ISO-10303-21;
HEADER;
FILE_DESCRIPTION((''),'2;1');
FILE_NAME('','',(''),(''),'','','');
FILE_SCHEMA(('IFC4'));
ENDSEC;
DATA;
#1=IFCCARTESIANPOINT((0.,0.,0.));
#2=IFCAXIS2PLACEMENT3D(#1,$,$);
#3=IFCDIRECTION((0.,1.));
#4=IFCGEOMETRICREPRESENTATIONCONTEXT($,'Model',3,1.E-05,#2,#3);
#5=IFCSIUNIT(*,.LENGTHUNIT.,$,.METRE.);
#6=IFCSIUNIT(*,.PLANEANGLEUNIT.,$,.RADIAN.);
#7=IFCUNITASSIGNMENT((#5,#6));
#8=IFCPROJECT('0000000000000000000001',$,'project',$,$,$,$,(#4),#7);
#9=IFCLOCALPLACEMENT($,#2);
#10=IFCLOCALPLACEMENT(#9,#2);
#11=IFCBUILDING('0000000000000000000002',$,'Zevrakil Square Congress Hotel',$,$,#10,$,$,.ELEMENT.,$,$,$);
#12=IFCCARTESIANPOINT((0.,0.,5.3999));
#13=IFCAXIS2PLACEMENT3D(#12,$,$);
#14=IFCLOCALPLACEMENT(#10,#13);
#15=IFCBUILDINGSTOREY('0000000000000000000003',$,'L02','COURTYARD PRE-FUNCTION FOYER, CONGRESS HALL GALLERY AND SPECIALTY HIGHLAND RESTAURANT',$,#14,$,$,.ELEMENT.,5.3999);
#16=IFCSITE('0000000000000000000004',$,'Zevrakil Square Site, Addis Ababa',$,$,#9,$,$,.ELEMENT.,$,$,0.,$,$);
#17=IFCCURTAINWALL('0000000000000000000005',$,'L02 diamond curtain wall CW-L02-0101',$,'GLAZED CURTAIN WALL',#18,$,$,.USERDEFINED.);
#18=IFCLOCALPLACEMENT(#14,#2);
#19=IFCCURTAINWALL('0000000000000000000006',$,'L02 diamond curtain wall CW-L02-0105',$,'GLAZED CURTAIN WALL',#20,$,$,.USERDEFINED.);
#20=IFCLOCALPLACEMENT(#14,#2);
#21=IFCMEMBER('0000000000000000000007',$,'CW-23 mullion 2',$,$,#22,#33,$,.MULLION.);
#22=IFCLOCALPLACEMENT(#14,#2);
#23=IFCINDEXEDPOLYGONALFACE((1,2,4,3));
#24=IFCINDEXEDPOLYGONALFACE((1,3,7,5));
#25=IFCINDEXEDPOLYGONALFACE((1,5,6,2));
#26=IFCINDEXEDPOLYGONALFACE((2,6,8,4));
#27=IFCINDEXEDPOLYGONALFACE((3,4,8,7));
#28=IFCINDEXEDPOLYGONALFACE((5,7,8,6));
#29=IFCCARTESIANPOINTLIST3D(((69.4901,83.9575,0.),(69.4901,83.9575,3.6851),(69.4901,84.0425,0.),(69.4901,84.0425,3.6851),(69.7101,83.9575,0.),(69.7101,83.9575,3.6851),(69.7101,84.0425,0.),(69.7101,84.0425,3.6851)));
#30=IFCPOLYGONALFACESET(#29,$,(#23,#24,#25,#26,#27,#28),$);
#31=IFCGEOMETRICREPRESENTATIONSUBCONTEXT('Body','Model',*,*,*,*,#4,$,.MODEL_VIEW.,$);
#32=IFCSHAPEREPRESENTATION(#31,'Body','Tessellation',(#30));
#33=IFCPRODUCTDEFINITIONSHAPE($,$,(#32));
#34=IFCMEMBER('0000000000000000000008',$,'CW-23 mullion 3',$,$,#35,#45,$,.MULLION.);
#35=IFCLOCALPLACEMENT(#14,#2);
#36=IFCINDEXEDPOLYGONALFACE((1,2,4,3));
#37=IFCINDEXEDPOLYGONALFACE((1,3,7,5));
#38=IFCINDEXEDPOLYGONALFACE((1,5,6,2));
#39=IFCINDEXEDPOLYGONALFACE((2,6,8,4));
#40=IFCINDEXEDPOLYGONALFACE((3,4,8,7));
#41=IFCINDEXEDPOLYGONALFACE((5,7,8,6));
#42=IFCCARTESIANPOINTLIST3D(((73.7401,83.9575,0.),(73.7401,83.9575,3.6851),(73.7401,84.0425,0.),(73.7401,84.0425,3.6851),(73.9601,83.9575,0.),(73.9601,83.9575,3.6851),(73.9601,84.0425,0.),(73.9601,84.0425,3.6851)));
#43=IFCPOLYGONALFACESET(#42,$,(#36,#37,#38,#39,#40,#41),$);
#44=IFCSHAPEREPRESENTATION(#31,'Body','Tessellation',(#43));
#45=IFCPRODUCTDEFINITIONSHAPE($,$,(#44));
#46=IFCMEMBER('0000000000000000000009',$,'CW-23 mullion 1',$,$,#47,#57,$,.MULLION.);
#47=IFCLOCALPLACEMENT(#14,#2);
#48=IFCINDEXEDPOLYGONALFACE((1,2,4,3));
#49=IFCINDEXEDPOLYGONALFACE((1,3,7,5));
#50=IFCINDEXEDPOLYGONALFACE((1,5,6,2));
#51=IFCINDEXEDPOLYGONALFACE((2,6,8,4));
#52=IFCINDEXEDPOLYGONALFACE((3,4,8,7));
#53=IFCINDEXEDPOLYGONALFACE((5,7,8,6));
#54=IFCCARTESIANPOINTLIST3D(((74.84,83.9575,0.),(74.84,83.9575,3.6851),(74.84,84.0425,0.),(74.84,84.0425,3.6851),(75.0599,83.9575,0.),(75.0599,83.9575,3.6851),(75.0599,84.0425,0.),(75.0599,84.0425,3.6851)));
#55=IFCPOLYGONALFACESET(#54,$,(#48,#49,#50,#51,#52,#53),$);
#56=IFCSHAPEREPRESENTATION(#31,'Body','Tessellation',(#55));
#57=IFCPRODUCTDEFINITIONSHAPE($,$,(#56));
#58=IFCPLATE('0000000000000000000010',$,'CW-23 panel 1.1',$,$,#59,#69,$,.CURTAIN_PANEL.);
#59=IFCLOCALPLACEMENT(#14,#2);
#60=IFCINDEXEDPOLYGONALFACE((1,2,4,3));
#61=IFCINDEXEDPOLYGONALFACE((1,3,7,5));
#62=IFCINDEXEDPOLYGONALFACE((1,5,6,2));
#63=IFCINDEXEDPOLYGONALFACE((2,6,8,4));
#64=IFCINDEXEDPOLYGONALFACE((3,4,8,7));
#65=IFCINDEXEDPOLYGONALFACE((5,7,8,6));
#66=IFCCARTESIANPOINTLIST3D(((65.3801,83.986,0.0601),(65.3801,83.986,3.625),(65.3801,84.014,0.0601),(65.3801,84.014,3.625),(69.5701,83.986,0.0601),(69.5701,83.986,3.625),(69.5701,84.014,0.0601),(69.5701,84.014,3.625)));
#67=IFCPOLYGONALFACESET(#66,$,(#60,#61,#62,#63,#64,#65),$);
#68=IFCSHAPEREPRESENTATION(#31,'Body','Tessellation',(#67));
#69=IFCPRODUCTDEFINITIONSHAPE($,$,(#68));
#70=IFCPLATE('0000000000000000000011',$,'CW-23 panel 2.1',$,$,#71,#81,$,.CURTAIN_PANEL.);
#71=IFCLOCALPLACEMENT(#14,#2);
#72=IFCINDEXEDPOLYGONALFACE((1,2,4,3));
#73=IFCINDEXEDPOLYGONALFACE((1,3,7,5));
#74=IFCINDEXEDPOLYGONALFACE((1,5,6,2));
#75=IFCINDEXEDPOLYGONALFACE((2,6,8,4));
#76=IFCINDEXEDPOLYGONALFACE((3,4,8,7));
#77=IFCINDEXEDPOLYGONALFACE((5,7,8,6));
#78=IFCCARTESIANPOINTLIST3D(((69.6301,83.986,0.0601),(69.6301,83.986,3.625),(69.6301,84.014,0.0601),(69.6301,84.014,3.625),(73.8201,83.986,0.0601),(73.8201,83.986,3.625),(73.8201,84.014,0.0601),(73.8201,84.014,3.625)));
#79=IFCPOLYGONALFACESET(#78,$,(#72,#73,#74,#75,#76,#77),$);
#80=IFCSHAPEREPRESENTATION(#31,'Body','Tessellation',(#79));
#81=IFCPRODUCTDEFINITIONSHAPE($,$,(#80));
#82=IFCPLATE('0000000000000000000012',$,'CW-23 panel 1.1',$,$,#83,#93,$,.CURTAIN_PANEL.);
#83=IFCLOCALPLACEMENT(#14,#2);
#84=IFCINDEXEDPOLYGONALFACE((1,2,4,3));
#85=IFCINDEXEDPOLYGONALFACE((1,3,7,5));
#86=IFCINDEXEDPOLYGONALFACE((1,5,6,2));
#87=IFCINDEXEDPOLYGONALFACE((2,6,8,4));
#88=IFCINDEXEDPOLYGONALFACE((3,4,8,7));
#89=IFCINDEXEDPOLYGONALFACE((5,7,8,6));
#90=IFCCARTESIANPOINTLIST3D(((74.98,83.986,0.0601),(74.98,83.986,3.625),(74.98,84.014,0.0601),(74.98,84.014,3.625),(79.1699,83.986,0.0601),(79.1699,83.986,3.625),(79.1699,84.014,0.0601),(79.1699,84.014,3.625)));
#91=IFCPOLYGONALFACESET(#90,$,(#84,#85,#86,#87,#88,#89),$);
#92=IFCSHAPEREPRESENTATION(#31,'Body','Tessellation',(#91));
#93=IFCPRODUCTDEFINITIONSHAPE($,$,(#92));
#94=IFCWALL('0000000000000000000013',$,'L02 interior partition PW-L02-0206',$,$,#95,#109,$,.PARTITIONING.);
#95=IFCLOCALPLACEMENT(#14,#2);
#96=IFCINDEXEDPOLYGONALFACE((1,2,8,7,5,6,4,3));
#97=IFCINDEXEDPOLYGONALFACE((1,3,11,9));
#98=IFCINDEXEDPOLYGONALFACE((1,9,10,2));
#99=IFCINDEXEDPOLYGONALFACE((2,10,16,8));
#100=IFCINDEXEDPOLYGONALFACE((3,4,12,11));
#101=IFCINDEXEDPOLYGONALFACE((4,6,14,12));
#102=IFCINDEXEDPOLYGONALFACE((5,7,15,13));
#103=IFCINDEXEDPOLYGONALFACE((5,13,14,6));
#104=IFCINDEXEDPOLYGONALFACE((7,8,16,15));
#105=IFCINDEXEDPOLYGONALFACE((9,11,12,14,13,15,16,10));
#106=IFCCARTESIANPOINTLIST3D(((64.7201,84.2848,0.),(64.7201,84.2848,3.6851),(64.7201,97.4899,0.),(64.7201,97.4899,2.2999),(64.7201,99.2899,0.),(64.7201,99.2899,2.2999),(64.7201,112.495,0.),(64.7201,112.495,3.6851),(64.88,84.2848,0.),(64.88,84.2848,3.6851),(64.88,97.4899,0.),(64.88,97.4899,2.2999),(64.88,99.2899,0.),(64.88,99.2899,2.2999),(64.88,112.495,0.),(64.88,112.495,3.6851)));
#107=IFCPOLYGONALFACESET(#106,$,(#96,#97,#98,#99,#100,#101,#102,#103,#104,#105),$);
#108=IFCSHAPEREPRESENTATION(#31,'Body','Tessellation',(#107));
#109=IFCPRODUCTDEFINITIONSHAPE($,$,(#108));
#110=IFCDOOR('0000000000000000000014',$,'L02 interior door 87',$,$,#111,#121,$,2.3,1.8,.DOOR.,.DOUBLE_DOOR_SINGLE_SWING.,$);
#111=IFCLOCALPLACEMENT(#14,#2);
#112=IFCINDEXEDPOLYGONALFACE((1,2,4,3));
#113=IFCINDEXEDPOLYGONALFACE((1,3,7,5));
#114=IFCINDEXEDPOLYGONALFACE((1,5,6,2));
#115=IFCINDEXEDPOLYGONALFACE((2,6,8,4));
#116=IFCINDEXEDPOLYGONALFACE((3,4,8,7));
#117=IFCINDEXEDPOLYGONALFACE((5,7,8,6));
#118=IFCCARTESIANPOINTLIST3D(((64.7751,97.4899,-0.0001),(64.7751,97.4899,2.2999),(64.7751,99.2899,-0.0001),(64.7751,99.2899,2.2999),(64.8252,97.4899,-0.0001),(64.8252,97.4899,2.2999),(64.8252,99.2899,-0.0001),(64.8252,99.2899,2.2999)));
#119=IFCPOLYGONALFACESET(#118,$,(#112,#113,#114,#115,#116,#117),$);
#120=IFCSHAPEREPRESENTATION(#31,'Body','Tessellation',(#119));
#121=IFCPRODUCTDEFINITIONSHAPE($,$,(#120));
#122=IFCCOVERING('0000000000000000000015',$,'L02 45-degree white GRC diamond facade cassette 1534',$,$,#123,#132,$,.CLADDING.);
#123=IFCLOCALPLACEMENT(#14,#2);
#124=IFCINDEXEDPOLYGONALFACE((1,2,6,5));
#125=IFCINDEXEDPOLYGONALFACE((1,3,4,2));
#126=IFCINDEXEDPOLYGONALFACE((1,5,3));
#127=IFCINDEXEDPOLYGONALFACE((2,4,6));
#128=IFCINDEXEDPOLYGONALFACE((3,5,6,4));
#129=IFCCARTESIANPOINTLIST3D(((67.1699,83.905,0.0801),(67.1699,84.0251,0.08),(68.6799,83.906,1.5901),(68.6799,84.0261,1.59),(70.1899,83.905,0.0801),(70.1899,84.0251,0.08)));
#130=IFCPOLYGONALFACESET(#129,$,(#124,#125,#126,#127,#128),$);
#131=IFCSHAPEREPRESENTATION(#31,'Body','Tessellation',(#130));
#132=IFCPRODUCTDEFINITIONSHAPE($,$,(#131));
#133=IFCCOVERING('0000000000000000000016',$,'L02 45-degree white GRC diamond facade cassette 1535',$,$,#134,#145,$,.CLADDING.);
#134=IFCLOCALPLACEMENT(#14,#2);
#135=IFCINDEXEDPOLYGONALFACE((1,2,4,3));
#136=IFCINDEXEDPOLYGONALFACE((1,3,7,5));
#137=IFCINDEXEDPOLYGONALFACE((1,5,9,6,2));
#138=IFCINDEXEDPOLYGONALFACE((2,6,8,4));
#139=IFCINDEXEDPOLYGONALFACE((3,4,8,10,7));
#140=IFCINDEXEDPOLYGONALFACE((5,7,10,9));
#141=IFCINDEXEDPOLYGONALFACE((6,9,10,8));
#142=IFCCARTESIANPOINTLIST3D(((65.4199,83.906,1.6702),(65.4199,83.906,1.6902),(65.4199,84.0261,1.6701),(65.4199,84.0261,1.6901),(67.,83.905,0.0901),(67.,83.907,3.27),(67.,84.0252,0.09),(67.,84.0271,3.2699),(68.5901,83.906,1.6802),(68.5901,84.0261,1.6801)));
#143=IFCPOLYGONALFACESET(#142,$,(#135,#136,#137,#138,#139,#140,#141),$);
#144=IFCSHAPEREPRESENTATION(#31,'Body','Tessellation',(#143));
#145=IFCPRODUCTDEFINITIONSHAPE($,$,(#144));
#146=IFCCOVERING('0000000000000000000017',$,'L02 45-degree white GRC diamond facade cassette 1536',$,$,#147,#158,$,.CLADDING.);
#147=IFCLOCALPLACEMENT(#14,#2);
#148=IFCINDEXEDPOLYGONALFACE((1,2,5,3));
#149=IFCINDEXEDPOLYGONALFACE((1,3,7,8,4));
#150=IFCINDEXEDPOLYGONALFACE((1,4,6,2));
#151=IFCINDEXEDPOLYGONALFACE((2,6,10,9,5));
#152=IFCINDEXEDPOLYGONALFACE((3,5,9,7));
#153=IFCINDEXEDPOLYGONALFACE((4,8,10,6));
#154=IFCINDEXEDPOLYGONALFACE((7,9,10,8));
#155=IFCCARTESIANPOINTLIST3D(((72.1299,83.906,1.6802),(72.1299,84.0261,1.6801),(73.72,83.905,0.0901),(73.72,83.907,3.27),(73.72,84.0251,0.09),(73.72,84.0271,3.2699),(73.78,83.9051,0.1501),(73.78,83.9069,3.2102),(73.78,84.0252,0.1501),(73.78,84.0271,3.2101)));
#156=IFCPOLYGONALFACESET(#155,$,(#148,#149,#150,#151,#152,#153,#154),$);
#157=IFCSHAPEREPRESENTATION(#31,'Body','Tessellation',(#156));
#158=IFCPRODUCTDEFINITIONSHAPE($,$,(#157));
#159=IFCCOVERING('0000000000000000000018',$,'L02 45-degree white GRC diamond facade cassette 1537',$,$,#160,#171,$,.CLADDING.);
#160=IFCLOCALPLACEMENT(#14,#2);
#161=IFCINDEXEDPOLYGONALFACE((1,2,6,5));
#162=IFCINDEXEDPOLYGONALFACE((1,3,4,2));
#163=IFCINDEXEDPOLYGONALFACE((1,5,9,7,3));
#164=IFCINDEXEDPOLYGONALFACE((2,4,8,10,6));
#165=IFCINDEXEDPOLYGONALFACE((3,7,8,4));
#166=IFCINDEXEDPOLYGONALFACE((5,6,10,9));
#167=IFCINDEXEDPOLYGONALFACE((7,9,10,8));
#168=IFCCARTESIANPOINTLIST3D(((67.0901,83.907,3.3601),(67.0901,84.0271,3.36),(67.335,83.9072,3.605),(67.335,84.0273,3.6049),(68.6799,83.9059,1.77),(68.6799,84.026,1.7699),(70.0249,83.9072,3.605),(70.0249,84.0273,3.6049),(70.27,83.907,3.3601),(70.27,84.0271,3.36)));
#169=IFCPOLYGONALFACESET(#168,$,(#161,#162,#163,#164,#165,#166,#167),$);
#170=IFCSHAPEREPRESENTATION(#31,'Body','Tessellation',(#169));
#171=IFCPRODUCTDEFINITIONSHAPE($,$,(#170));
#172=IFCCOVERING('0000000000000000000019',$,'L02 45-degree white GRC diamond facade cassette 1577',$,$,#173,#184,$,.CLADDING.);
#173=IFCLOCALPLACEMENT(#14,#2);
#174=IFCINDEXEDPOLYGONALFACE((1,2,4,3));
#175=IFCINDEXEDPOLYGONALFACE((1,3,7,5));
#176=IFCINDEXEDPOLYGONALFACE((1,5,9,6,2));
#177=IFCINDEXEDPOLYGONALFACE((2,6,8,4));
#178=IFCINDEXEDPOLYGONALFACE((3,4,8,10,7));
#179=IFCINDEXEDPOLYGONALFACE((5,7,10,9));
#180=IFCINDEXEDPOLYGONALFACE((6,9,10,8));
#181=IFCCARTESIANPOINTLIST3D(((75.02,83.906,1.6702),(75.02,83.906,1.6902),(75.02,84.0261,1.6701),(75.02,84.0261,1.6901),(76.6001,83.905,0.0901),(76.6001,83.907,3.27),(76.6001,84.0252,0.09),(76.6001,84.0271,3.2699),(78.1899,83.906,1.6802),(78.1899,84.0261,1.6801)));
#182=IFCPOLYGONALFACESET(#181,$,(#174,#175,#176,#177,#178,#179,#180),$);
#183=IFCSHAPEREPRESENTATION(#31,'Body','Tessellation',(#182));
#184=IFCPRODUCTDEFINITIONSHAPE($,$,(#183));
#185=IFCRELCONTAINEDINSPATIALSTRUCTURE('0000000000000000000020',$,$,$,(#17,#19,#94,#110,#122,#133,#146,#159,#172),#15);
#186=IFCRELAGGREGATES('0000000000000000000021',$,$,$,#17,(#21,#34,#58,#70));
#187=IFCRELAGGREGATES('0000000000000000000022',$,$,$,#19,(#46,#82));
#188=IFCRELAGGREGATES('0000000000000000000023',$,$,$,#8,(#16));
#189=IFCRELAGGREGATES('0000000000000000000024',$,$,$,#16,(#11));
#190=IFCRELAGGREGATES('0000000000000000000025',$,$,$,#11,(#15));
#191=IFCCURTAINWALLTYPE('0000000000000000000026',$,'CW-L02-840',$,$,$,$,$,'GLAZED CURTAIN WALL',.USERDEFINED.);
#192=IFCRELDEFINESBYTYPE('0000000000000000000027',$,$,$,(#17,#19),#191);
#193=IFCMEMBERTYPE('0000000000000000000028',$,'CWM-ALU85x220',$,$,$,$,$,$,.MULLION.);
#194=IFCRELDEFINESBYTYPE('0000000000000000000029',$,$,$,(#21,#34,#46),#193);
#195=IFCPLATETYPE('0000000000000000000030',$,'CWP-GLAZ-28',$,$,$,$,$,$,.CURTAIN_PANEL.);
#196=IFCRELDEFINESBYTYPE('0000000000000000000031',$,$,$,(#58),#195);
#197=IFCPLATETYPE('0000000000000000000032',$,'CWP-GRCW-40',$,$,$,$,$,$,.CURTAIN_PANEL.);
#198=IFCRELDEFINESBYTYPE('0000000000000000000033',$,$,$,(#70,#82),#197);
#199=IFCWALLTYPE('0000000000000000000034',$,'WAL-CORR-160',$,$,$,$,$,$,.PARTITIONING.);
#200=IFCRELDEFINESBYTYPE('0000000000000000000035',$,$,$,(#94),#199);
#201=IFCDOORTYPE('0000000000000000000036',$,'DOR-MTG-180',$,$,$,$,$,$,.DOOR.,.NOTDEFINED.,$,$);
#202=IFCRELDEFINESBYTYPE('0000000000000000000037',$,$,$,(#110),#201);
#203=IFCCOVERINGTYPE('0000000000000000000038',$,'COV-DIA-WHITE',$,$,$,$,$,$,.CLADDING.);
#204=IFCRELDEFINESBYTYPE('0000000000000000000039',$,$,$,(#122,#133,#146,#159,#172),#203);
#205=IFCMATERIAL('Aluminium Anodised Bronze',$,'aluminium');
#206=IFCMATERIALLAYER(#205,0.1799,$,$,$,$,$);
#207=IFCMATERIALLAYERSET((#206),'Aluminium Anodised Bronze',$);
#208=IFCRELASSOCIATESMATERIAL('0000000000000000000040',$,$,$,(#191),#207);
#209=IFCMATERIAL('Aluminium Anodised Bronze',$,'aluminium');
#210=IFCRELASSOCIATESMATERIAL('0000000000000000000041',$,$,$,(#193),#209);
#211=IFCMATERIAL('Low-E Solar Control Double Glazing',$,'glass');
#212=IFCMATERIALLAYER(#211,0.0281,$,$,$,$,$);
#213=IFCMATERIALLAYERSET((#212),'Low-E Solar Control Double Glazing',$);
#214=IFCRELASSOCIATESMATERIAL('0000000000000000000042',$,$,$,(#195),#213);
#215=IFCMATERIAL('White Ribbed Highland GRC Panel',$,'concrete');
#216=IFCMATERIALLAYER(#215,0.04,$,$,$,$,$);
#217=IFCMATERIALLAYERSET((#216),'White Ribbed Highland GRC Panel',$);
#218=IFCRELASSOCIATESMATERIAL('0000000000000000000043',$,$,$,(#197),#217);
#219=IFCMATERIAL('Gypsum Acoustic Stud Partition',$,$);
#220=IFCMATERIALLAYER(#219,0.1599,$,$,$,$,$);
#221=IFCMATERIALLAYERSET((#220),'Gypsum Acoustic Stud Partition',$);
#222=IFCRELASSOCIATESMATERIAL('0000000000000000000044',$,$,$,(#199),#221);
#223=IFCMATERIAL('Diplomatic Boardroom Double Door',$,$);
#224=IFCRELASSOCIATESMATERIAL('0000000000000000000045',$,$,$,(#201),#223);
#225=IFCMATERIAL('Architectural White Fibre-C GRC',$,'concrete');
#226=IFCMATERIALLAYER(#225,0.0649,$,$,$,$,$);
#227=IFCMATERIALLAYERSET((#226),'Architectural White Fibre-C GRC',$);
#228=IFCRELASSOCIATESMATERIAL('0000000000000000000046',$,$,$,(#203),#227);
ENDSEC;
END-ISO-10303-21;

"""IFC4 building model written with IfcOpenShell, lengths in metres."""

from ifc_helpers import new_model, si_unit, direction, frame, frame_2d, origin, origin_2d, place, context, subcontext, project, spatial, polyline, rectangle, outline, extrude, material, layer, layer_set, material_profile, profile_set, type_object, element, fill, aggregate, save


model = new_model("IFC4")

# Units and contexts
model_context = context("Model", 3, precision=1e-05, world=origin(), true_north=direction((0.0, 1.0)))
body_context = subcontext(model_context, "Body", "Model", "MODEL_VIEW")
ifc_project = project(units=[si_unit("LENGTHUNIT", "METRE"), si_unit("PLANEANGLEUNIT", "RADIAN")], contexts=[model_context])

# Site, building, storey
site_placement = place(None, origin())
site = spatial("IfcSite", under=ifc_project, at=site_placement, Name="Zevrakil Square Site, Addis Ababa", CompositionType="ELEMENT", RefElevation=0.0)
building_placement = place(site_placement, origin())
building = spatial("IfcBuilding", under=site, at=building_placement, Name="Zevrakil Square Congress Hotel", CompositionType="ELEMENT")
storey_placement = place(building_placement, frame((0.0, 0.0, 5.3999)))
storey = spatial("IfcBuildingStorey", under=building, at=storey_placement, Name="L02", Description="COURTYARD PRE-FUNCTION FOYER, CONGRESS HALL GALLERY AND SPECIALTY HIGHLAND RESTAURANT", CompositionType="ELEMENT", Elevation=5.3999)

# Curtain walls
ifc_material_1 = material(Name="Aluminium Anodised Bronze", Category="aluminium")
ifc_layer_1 = layer(ifc_material_1, 0.1799)
ifc_layer_set_1 = layer_set([ifc_layer_1], Name="Aluminium Anodised Bronze")
curtain_wall_type = type_object("IfcCurtainWallType", Name="CW-L02-840", ElementType="GLAZED CURTAIN WALL", PredefinedType="USERDEFINED", material=ifc_layer_set_1)
curtain_wall_1_placement = place(storey_placement, origin())
curtain_wall_1 = element("IfcCurtainWall", 1, at=curtain_wall_1_placement, inside=storey, type_object=curtain_wall_type, Name="L02 diamond curtain wall CW-L02-0101", ObjectType="GLAZED CURTAIN WALL", PredefinedType="USERDEFINED")
curtain_wall_2_placement = place(storey_placement, origin())
curtain_wall_2 = element("IfcCurtainWall", 2, at=curtain_wall_2_placement, inside=storey, type_object=curtain_wall_type, Name="L02 diamond curtain wall CW-L02-0105", ObjectType="GLAZED CURTAIN WALL", PredefinedType="USERDEFINED")

# Members
ifc_material_2 = material(Name="Aluminium Anodised Bronze", Category="aluminium")
ifc_material_profile_1 = material_profile(ifc_material_2, rectangle(XDim=0.085, YDim=0.22, at=origin_2d()), Name="ALU 85x220")
ifc_profile_set_1 = profile_set([ifc_material_profile_1], Name="Aluminium Anodised Bronze")
member_type_1 = type_object("IfcMemberType", Name="CWM-ALU85x220", PredefinedType="MULLION", material=ifc_profile_set_1)
member_1_placement = place(storey_placement, frame((69.6001, 84.0, 0.0), z_axis=(0.0, 0.0, 1.0), x_axis=(0.0, 1.0, 0.0)))
member_1 = element("IfcMember", 3, at=member_1_placement, type_object=member_type_1, Name="CW-23 mullion 2", PredefinedType="MULLION", context=body_context, shape_type="SweptSolid", body=[
    extrude(rectangle(XDim=0.085, YDim=0.22, at=origin_2d()), origin(), (0.0, 0.0, 1.0), 3.6851),
])
member_2_placement = place(storey_placement, frame((73.8501, 84.0, 0.0), z_axis=(0.0, 0.0, 1.0), x_axis=(0.0, 1.0, 0.0)))
member_2 = element("IfcMember", 4, at=member_2_placement, type_object=member_type_1, Name="CW-23 mullion 3", PredefinedType="MULLION", context=body_context, shape_type="SweptSolid", body=[
    extrude(rectangle(XDim=0.085, YDim=0.22, at=origin_2d()), origin(), (0.0, 0.0, 1.0), 3.6851),
])
member_3_placement = place(storey_placement, frame((74.95, 84.0, 0.0), z_axis=(0.0, 0.0, 1.0), x_axis=(0.0, 1.0, 0.0)))
member_3 = element("IfcMember", 5, at=member_3_placement, type_object=member_type_1, Name="CW-23 mullion 1", PredefinedType="MULLION", context=body_context, shape_type="SweptSolid", body=[
    extrude(rectangle(XDim=0.085, YDim=0.22, at=origin_2d()), origin(), (0.0, 0.0, 1.0), 3.6851),
])

# Plates
ifc_material_3 = material(Name="Low-E Solar Control Double Glazing", Category="glass")
ifc_layer_2 = layer(ifc_material_3, 0.0281)
ifc_layer_set_2 = layer_set([ifc_layer_2], Name="Low-E Solar Control Double Glazing")
plate_type_1 = type_object("IfcPlateType", Name="CWP-GLAZ-28", PredefinedType="CURTAIN_PANEL", material=ifc_layer_set_2)
plate_1_placement = place(storey_placement, frame((67.4751, 84.0, 0.0601), z_axis=(0.0, 0.0, 1.0), x_axis=(1.0, 0.0, 0.0)))
plate_1 = element("IfcPlate", 6, at=plate_1_placement, type_object=plate_type_1, Name="CW-23 panel 1.1", PredefinedType="CURTAIN_PANEL", context=body_context, shape_type="SweptSolid", body=[
    extrude(rectangle(XDim=4.1899, YDim=0.0281, at=origin_2d()), origin(), (0.0, 0.0, 1.0), 3.5649),
])
ifc_material_4 = material(Name="White Ribbed Highland GRC Panel", Category="concrete")
ifc_layer_3 = layer(ifc_material_4, 0.04)
ifc_layer_set_3 = layer_set([ifc_layer_3], Name="White Ribbed Highland GRC Panel")
plate_type_2 = type_object("IfcPlateType", Name="CWP-GRCW-40", PredefinedType="CURTAIN_PANEL", material=ifc_layer_set_3)
plate_2_placement = place(storey_placement, frame((71.7251, 84.0, 0.0601), z_axis=(0.0, 0.0, 1.0), x_axis=(1.0, 0.0, 0.0)))
plate_2 = element("IfcPlate", 7, at=plate_2_placement, type_object=plate_type_2, Name="CW-23 panel 2.1", PredefinedType="CURTAIN_PANEL", context=body_context, shape_type="SweptSolid", body=[
    extrude(rectangle(XDim=4.1899, YDim=0.0281, at=origin_2d()), origin(), (0.0, 0.0, 1.0), 3.5649),
])
aggregate(curtain_wall_1, [member_1, member_2, plate_1, plate_2])
plate_3_placement = place(storey_placement, frame((77.075, 84.0, 0.0601), z_axis=(0.0, 0.0, 1.0), x_axis=(1.0, 0.0, 0.0)))
plate_3 = element("IfcPlate", 8, at=plate_3_placement, type_object=plate_type_2, Name="CW-23 panel 1.1", PredefinedType="CURTAIN_PANEL", context=body_context, shape_type="SweptSolid", body=[
    extrude(rectangle(XDim=4.1899, YDim=0.0281, at=origin_2d()), origin(), (0.0, 0.0, 1.0), 3.5649),
])
aggregate(curtain_wall_2, [member_3, plate_3])

# Wall, opening, door
ifc_material_5 = material(Name="Gypsum Acoustic Stud Partition")
ifc_layer_4 = layer(ifc_material_5, 0.1599)
ifc_layer_set_4 = layer_set([ifc_layer_4], Name="Gypsum Acoustic Stud Partition")
wall_type = type_object("IfcWallType", Name="WAL-CORR-160", PredefinedType="PARTITIONING", material=ifc_layer_set_4)
wall_placement = place(storey_placement, frame((64.8, 84.2849, 0.0), z_axis=(0.0, 0.0, 1.0), x_axis=(0.0, 1.0, 0.0)))
wall = element("IfcWall", 9, at=wall_placement, inside=storey, type_object=wall_type, Name="L02 interior partition PW-L02-0206", PredefinedType="PARTITIONING", context=body_context, shape_type="SweptSolid", body=[
    extrude(rectangle(XDim=28.2102, YDim=0.1599, at=frame_2d((14.105, 0.0))), origin(), (0.0, 0.0, 1.0), 3.6851),
])
opening_placement = place(wall_placement, frame((13.2051, 0.0, 0.0)))
opening = element("IfcOpeningElement", 10, at=opening_placement, cuts=wall, PredefinedType="OPENING", context=body_context, shape_type="SweptSolid", body=[
    extrude(rectangle(XDim=1.8, YDim=2.3, at=frame_2d((0.8999, 1.1499))), frame((0.0, 0.0898, 0.0), z_axis=(0.0, -1.0, 0.0), x_axis=(1.0, 0.0, 0.0)), (0.0, 0.0, 1.0), 0.1799),
])
ifc_material_6 = material(Name="Diplomatic Boardroom Double Door")
door_type = type_object("IfcDoorType", Name="DOR-MTG-180", OperationType="NOTDEFINED", PredefinedType="DOOR", material=ifc_material_6)
door_placement = place(opening_placement, origin())
door = element("IfcDoor", 11, at=door_placement, inside=storey, type_object=door_type, Name="L02 interior door 87", OperationType="DOUBLE_DOOR_SINGLE_SWING", OverallHeight=2.3, OverallWidth=1.8, PredefinedType="DOOR", context=body_context, shape_type="SweptSolid", body=[
    extrude(rectangle(XDim=1.8, YDim=2.3, at=frame_2d((0.8999, 1.1499))), frame((0.0, 0.0249, 0.0), z_axis=(0.0, -1.0, 0.0), x_axis=(1.0, 0.0, 0.0)), (0.0, 0.0, 1.0), 0.05),
])
fill(opening, door)

# Coverings
ifc_material_7 = material(Name="Architectural White Fibre-C GRC", Category="concrete")
ifc_layer_5 = layer(ifc_material_7, 0.0649)
ifc_layer_set_5 = layer_set([ifc_layer_5], Name="Architectural White Fibre-C GRC")
covering_type = type_object("IfcCoveringType", Name="COV-DIA-WHITE", PredefinedType="CLADDING", material=ifc_layer_set_5)
covering_1_placement = place(storey_placement, frame((68.6799, 83.906, 1.5901), z_axis=(0.0, -1.0, 0.000647), x_axis=(0.707107, -0.000457, -0.707107)))
element("IfcCovering", 12, at=covering_1_placement, inside=storey, type_object=covering_type, Name="L02 45-degree white GRC diamond facade cassette 1534", PredefinedType="CLADDING", context=body_context, shape_type="SweptSolid", body=[
    extrude(outline(polyline([(0.0, 0.0), (2.1355, 0.0), (0.0, -2.1355), (0.0, 0.0)])), origin(), (0.0, 0.0, -1.0), 0.1201),
])
covering_2_placement = place(storey_placement, frame((67.0, 83.907, 3.27), z_axis=(0.0, -1.0, 0.000612), x_axis=(0.707161, -0.000433, -0.707052)))
element("IfcCovering", 13, at=covering_2_placement, inside=storey, type_object=covering_type, Name="L02 45-degree white GRC diamond facade cassette 1535", PredefinedType="CLADDING", context=body_context, shape_type="SweptSolid", body=[
    extrude(outline(polyline([(0.0, 0.0), (2.2486, 0.0), (2.2484, -2.2487), (0.0138, -2.2486), (-0.0003, -2.2344), (0.0, 0.0)])), origin(), (0.0, 0.0, -1.0), 0.1201),
])
covering_3_placement = place(storey_placement, frame((73.72, 83.905, 0.0901), z_axis=(0.0, -1.0, 0.000615), x_axis=(-0.707107, 0.000435, 0.707107)))
element("IfcCovering", 14, at=covering_3_placement, inside=storey, type_object=covering_type, Name="L02 45-degree white GRC diamond facade cassette 1536", PredefinedType="CLADDING", context=body_context, shape_type="SweptSolid", body=[
    extrude(outline(polyline([(0.0, 0.0), (2.2487, 0.0), (2.2486, -2.2486), (2.1638, -2.2487), (0.0, -0.0849), (0.0, 0.0)])), origin(), (0.0, 0.0, -1.0), 0.1201),
])
covering_4_placement = place(storey_placement, frame((70.27, 83.907, 3.3601), z_axis=(0.0, -1.0, 0.000699), x_axis=(-0.707107, -0.000494, -0.707107)))
element("IfcCovering", 15, at=covering_4_placement, inside=storey, type_object=covering_type, Name="L02 45-degree white GRC diamond facade cassette 1537", PredefinedType="CLADDING", context=body_context, shape_type="SweptSolid", body=[
    extrude(outline(polyline([(0.0, 0.0), (2.2487, 0.0), (2.2486, -2.2486), (1.9022, -2.2486), (0.0002, -0.3465), (0.0, 0.0)])), origin(), (0.0, 0.0, -1.0), 0.1201),
])
covering_5_placement = place(storey_placement, frame((76.6001, 83.907, 3.27), z_axis=(0.0, -1.0, 0.000612), x_axis=(0.707107, -0.000433, -0.707107)))
element("IfcCovering", 16, at=covering_5_placement, inside=storey, type_object=covering_type, Name="L02 45-degree white GRC diamond facade cassette 1577", PredefinedType="CLADDING", context=body_context, shape_type="SweptSolid", body=[
    extrude(outline(polyline([(0.0, 0.0), (2.2484, 0.0), (2.2486, -2.2486), (0.014, -2.2486), (-0.0002, -2.2344), (0.0, 0.0)])), origin(), (0.0, 0.0, -1.0), 0.1201),
])

save(model, "model.ifc")
